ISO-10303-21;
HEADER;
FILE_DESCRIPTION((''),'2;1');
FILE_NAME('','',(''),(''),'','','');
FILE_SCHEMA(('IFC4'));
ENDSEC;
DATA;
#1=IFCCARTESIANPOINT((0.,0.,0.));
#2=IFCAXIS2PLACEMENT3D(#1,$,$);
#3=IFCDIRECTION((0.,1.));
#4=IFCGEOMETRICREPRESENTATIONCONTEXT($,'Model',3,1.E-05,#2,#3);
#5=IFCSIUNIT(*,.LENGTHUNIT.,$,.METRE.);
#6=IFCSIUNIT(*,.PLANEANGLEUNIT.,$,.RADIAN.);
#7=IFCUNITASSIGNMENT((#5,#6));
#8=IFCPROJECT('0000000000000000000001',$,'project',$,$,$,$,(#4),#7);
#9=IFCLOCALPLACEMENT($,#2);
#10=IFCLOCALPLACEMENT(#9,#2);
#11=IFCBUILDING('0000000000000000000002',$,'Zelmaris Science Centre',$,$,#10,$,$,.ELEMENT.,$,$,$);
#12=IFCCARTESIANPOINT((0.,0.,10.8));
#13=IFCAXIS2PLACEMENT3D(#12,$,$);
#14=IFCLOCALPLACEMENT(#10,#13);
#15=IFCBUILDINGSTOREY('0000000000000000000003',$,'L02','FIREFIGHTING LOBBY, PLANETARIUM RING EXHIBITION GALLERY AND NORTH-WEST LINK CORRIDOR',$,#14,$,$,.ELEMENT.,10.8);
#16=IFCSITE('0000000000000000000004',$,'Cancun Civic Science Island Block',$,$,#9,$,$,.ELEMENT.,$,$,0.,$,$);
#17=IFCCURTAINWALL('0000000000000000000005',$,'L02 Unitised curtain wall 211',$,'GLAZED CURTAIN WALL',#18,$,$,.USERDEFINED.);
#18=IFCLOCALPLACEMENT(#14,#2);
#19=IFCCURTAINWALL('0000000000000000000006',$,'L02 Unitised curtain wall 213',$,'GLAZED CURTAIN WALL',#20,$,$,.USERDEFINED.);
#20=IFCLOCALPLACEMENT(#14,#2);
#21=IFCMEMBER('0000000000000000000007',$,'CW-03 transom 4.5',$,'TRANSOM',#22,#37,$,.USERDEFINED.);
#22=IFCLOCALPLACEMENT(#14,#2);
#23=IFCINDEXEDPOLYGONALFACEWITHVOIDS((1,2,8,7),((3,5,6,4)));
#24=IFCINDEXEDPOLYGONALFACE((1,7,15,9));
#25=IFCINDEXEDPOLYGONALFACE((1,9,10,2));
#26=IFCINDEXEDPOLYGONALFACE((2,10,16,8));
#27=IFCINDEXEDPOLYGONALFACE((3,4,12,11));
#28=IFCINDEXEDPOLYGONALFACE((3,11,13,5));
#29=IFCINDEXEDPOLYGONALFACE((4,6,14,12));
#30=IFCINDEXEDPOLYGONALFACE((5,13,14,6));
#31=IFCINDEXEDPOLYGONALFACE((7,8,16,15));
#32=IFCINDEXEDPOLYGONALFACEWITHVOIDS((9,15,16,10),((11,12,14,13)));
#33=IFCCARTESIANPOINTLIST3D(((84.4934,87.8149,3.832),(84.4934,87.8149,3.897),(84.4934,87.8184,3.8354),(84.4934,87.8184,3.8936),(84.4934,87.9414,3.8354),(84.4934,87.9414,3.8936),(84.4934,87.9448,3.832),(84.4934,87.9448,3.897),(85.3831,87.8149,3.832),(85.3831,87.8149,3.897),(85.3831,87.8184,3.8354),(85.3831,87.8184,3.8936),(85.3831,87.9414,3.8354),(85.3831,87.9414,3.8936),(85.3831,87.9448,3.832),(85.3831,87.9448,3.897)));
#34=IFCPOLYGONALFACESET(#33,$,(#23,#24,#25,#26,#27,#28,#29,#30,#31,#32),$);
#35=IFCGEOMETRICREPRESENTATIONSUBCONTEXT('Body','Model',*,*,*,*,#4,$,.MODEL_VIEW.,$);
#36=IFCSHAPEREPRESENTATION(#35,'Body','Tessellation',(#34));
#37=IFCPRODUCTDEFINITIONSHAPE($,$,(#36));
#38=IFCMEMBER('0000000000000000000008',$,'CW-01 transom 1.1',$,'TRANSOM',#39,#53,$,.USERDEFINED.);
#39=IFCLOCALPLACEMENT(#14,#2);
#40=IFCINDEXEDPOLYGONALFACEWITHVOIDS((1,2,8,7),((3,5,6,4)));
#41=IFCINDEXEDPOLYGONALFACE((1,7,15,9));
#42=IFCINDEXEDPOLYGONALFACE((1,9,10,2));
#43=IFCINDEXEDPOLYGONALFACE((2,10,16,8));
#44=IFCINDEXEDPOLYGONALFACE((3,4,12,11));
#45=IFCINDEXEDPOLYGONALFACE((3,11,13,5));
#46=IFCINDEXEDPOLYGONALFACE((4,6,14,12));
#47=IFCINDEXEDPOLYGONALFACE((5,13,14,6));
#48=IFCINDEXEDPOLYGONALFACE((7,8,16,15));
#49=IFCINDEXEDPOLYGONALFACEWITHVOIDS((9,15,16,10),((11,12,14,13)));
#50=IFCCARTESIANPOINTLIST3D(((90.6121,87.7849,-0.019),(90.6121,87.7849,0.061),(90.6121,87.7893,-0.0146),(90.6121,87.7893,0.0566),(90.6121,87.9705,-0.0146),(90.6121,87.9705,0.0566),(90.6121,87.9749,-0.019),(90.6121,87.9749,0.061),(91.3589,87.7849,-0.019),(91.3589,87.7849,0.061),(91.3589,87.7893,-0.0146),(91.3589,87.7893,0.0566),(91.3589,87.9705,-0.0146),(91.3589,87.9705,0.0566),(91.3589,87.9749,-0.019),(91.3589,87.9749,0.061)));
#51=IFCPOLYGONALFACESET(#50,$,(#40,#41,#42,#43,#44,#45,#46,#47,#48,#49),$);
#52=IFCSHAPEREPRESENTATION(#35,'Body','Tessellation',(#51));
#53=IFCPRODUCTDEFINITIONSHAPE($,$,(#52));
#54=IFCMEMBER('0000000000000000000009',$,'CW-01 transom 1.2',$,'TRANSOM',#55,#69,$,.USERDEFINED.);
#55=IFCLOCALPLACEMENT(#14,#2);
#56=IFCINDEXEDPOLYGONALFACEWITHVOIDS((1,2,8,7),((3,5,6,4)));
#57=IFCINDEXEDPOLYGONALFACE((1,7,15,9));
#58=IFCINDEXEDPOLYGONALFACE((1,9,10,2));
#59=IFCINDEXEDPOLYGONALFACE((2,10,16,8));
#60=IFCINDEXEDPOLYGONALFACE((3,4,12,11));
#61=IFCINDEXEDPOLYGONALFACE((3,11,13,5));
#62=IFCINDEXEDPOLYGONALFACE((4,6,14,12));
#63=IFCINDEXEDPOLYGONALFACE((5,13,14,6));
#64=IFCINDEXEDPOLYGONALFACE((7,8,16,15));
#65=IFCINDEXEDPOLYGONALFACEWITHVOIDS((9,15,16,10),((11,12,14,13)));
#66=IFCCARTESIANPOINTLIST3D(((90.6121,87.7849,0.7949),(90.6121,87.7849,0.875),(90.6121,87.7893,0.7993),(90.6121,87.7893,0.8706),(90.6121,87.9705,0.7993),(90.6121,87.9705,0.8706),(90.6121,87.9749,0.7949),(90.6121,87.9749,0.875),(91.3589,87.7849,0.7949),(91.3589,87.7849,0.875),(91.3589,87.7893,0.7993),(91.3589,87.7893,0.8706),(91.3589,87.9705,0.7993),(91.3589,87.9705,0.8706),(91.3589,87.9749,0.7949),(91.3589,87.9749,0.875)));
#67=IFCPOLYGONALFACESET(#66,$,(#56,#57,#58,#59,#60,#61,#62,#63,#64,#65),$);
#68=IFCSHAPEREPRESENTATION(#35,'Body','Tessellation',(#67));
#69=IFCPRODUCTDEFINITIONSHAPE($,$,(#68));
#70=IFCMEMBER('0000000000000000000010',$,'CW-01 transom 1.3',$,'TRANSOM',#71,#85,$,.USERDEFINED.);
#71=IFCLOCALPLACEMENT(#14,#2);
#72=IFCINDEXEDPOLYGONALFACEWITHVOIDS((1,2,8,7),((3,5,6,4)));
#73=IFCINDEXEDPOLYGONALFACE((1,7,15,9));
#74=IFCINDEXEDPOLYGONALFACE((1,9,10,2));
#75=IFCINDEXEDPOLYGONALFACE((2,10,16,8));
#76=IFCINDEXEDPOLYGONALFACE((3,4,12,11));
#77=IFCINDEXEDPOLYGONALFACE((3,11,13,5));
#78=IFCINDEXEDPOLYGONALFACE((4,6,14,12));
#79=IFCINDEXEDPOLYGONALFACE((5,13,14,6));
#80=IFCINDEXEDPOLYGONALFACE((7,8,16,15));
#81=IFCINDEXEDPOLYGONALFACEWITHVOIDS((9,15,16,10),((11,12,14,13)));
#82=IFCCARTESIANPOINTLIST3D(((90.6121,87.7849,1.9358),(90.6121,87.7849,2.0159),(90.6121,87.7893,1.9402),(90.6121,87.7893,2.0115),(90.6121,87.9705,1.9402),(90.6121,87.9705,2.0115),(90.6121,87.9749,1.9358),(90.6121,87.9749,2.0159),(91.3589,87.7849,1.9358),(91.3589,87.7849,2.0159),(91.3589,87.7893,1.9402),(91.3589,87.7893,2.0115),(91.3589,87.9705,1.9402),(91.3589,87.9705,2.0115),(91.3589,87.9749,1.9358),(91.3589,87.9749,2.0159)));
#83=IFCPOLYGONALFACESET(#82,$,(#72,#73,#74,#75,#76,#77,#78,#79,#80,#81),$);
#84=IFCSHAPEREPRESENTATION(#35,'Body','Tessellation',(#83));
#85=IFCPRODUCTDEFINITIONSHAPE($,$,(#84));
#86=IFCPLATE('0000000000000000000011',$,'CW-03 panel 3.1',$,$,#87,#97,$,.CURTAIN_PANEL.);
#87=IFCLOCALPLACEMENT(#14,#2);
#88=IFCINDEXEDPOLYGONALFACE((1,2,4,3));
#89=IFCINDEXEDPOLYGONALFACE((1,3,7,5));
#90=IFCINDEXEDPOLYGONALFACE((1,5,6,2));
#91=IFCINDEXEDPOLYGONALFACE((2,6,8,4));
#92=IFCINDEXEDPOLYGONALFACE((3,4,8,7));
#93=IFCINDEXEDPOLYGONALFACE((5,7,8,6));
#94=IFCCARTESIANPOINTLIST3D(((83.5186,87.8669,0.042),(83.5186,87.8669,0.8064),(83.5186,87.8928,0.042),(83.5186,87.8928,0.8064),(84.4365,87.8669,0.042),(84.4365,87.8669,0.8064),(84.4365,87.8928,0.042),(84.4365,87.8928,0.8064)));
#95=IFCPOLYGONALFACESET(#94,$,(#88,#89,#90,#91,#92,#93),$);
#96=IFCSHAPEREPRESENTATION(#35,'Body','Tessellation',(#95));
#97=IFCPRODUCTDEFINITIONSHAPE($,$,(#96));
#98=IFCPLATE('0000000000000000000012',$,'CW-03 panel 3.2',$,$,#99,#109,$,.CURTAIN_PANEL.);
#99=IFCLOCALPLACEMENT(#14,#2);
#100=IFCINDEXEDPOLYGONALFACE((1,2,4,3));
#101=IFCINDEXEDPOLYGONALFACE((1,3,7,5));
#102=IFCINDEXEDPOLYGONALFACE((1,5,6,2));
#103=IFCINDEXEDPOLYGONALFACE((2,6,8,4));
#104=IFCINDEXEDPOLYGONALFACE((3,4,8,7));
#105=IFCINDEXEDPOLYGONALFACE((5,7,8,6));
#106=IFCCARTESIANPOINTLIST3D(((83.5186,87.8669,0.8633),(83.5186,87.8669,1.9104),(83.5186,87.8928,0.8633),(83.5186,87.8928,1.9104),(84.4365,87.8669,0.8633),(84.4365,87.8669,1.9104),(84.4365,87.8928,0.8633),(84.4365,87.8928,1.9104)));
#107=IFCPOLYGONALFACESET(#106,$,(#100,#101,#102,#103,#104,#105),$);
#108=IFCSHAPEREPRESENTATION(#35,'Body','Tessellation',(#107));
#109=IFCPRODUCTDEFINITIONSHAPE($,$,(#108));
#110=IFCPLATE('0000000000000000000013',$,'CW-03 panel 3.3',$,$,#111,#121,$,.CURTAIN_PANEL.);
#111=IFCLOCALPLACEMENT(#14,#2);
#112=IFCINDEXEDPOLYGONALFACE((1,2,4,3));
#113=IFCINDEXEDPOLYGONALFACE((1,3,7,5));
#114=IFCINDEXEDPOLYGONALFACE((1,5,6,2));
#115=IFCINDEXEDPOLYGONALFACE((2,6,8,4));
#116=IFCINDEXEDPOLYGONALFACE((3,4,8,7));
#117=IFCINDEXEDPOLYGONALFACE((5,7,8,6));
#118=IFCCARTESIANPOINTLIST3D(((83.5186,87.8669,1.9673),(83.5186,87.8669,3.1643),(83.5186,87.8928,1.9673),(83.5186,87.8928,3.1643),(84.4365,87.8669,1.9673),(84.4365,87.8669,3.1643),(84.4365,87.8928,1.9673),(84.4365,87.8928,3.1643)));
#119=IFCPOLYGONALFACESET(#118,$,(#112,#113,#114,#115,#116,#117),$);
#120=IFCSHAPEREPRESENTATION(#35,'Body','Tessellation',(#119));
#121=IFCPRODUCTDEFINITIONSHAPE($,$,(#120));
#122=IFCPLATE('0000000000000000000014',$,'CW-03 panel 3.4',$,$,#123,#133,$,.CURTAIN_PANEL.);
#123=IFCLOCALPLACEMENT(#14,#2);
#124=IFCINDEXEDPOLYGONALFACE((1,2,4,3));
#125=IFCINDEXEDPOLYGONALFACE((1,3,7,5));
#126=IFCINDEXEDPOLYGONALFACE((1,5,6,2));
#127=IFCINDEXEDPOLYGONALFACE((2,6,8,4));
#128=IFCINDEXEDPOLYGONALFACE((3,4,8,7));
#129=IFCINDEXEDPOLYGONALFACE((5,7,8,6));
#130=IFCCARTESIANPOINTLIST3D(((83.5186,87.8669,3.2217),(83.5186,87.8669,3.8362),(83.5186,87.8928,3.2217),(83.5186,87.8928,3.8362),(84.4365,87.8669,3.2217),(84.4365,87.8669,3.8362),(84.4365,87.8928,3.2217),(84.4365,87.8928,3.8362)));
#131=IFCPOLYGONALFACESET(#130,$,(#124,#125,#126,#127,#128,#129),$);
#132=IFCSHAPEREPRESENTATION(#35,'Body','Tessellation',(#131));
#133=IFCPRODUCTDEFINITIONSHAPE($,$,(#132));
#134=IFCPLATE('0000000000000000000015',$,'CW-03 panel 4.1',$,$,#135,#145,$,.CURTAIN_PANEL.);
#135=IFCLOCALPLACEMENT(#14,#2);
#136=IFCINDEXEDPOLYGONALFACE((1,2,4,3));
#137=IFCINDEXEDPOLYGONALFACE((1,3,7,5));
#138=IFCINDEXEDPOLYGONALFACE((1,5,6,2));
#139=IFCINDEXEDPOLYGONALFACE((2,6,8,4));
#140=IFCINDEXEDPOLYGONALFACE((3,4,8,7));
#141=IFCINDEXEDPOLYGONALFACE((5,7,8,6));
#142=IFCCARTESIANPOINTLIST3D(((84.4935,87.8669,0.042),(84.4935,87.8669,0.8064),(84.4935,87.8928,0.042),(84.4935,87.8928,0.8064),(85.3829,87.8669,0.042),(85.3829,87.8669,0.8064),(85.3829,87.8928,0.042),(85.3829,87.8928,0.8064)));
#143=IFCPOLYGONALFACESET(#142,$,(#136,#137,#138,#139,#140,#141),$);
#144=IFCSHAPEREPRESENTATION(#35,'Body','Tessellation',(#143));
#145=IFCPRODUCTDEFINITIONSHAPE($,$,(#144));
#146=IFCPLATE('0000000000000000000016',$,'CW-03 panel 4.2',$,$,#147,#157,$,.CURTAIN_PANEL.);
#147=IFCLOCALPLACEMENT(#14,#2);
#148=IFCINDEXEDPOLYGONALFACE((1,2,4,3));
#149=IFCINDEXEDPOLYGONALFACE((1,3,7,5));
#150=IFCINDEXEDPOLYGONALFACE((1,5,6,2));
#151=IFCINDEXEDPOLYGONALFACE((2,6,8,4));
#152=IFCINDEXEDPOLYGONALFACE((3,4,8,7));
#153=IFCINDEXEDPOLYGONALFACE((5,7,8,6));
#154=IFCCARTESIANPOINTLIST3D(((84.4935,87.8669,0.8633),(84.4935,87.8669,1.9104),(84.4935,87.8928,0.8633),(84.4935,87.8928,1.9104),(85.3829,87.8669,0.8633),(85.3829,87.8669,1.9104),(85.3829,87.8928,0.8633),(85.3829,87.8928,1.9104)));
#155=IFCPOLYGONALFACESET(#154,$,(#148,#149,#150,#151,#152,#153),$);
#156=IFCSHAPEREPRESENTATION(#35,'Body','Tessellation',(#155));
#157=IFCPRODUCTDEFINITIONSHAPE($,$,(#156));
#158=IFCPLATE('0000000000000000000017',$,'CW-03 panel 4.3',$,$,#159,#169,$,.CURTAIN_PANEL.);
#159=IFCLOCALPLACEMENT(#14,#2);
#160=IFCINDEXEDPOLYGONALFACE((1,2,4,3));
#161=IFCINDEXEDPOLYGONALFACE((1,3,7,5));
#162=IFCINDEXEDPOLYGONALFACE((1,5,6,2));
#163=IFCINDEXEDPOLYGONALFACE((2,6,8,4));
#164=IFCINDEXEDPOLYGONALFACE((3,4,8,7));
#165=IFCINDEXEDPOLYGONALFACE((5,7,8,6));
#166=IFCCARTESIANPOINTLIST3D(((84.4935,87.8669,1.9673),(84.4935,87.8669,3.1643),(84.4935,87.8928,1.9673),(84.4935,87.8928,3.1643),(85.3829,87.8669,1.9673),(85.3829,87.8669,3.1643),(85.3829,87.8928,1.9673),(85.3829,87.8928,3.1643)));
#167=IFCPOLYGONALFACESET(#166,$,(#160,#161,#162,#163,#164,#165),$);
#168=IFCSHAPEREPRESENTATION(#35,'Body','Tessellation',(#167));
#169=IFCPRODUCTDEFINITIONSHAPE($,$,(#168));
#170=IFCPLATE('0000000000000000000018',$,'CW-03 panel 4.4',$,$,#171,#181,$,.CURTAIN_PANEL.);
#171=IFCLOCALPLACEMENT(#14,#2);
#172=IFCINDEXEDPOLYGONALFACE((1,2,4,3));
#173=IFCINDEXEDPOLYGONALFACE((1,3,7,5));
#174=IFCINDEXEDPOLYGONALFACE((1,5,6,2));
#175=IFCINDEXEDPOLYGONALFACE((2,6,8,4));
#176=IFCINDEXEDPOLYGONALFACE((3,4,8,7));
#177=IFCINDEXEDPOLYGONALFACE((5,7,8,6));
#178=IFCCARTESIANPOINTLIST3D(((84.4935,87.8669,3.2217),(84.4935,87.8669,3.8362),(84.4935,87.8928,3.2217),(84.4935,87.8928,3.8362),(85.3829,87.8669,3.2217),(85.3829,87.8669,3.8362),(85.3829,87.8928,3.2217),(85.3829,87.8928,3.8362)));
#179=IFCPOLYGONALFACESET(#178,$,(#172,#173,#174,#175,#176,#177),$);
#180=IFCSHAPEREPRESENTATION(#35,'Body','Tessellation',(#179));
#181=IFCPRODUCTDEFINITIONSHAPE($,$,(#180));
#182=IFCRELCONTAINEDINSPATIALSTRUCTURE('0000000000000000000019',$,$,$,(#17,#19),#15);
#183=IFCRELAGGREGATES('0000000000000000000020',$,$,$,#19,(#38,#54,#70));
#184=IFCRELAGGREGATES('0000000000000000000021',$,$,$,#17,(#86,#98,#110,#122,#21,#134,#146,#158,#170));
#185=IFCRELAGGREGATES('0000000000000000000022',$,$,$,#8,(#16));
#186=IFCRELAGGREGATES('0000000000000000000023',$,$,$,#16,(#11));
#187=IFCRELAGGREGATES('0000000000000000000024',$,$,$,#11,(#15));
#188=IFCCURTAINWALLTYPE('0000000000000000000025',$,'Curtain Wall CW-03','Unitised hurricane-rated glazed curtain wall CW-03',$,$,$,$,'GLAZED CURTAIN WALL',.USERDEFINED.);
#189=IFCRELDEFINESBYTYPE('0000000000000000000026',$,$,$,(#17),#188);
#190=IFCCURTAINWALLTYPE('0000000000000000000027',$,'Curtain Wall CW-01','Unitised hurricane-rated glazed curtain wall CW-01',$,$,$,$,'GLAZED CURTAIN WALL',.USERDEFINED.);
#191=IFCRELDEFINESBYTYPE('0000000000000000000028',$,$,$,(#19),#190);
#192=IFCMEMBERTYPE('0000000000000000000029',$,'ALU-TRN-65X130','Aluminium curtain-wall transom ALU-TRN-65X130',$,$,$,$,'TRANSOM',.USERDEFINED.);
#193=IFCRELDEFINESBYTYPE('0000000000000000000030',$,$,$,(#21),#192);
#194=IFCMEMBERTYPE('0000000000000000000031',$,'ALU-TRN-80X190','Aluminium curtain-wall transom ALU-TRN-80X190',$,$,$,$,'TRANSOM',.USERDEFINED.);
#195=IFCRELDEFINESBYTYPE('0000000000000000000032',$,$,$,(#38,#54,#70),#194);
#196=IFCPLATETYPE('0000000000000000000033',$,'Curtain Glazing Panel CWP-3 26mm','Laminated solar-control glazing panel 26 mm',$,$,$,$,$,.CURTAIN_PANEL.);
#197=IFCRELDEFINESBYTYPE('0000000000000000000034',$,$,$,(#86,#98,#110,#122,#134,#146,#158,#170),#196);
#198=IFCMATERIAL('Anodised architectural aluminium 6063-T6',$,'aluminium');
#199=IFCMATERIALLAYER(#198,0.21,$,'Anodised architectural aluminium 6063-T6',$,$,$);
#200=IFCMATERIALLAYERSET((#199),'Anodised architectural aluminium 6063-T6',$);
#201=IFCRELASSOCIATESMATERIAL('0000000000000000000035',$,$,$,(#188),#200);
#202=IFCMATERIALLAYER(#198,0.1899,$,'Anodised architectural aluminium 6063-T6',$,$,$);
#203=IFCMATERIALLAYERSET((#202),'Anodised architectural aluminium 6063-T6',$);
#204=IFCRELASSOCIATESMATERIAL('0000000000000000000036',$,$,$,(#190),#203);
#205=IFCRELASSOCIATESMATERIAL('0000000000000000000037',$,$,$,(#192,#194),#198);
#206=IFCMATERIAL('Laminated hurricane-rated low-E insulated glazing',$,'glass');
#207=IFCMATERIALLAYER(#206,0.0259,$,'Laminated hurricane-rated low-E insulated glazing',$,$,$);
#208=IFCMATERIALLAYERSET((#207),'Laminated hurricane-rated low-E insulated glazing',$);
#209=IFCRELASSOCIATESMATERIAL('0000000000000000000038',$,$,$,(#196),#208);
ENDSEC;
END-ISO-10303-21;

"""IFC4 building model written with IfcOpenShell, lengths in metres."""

from ifc_helpers import new_model, si_unit, direction, frame, origin, origin_2d, place, context, subcontext, project, spatial, rectangle, hollow_rectangle, extrude, material, layer, layer_set, material_profile, profile_set, type_object, element, aggregate, save


model = new_model("IFC4")

# Units and contexts
model_context = context("Model", 3, precision=1e-05, world=origin(), true_north=direction((0.0, 1.0)))
body_context = subcontext(model_context, "Body", "Model", "MODEL_VIEW")
ifc_project = project(units=[si_unit("LENGTHUNIT", "METRE"), si_unit("PLANEANGLEUNIT", "RADIAN")], contexts=[model_context])

# Site, building, storey
site_placement = place(None, origin())
site = spatial("IfcSite", under=ifc_project, at=site_placement, Name="Cancun Civic Science Island Block", CompositionType="ELEMENT", RefElevation=0.0)
building_placement = place(site_placement, origin())
building = spatial("IfcBuilding", under=site, at=building_placement, Name="Zelmaris Science Centre", CompositionType="ELEMENT")
storey_placement = place(building_placement, frame((0.0, 0.0, 10.8)))
storey = spatial("IfcBuildingStorey", under=building, at=storey_placement, Name="L02", Description="FIREFIGHTING LOBBY, PLANETARIUM RING EXHIBITION GALLERY AND NORTH-WEST LINK CORRIDOR", CompositionType="ELEMENT", Elevation=10.8)

# Curtain wall
ifc_material_1 = material(Name="Anodised architectural aluminium 6063-T6", Category="aluminium")
ifc_layer_1 = layer(ifc_material_1, 0.21, Name="Anodised architectural aluminium 6063-T6")
ifc_layer_set_1 = layer_set([ifc_layer_1], Name="Anodised architectural aluminium 6063-T6")
curtain_wall_type_1 = type_object("IfcCurtainWallType", Name="Curtain Wall CW-03", Description="Unitised hurricane-rated glazed curtain wall CW-03", ElementType="GLAZED CURTAIN WALL", PredefinedType="USERDEFINED", material=ifc_layer_set_1)
curtain_wall_1_placement = place(storey_placement, origin())
curtain_wall_1 = element("IfcCurtainWall", 1, at=curtain_wall_1_placement, inside=storey, type_object=curtain_wall_type_1, Name="L02 Unitised curtain wall 211", ObjectType="GLAZED CURTAIN WALL", PredefinedType="USERDEFINED")

# Curtain wall
ifc_layer_2 = layer(ifc_material_1, 0.1899, Name="Anodised architectural aluminium 6063-T6")
ifc_layer_set_2 = layer_set([ifc_layer_2], Name="Anodised architectural aluminium 6063-T6")
curtain_wall_type_2 = type_object("IfcCurtainWallType", Name="Curtain Wall CW-01", Description="Unitised hurricane-rated glazed curtain wall CW-01", ElementType="GLAZED CURTAIN WALL", PredefinedType="USERDEFINED", material=ifc_layer_set_2)
curtain_wall_2_placement = place(storey_placement, origin())
curtain_wall_2 = element("IfcCurtainWall", 2, at=curtain_wall_2_placement, inside=storey, type_object=curtain_wall_type_2, Name="L02 Unitised curtain wall 213", ObjectType="GLAZED CURTAIN WALL", PredefinedType="USERDEFINED")

# Members
ifc_material_profile_1 = material_profile(ifc_material_1, hollow_rectangle(XDim=0.0649, YDim=0.1299, WallThickness=0.0034, at=origin_2d()), Name="ALU-TRN-65X130")
ifc_profile_set_1 = profile_set([ifc_material_profile_1], Name="Anodised architectural aluminium 6063-T6")
member_type_1 = type_object("IfcMemberType", Name="ALU-TRN-65X130", Description="Aluminium curtain-wall transom ALU-TRN-65X130", ElementType="TRANSOM", PredefinedType="USERDEFINED", material=ifc_profile_set_1)
member_1_placement = place(storey_placement, frame((84.4934, 87.8799, 3.8645), z_axis=(1.0, 0.0, 0.0), x_axis=(0.0, 0.0, 1.0)))
member_1 = element("IfcMember", 3, at=member_1_placement, type_object=member_type_1, Name="CW-03 transom 4.5", ObjectType="TRANSOM", PredefinedType="USERDEFINED", context=body_context, shape_type="SweptSolid", body=[
    extrude(hollow_rectangle(XDim=0.0649, YDim=0.1299, WallThickness=0.0034, at=origin_2d()), origin(), (0.0, 0.0, 1.0), 0.8896),
])
ifc_material_profile_2 = material_profile(ifc_material_1, hollow_rectangle(XDim=0.0801, YDim=0.1899, WallThickness=0.0044, at=origin_2d()), Name="ALU-TRN-80X190")
ifc_profile_set_2 = profile_set([ifc_material_profile_2], Name="Anodised architectural aluminium 6063-T6")
member_type_2 = type_object("IfcMemberType", Name="ALU-TRN-80X190", Description="Aluminium curtain-wall transom ALU-TRN-80X190", ElementType="TRANSOM", PredefinedType="USERDEFINED", material=ifc_profile_set_2)
member_2_placement = place(storey_placement, frame((90.6121, 87.8799, 0.021), z_axis=(1.0, 0.0, 0.0), x_axis=(0.0, 0.0, 1.0)))
member_2 = element("IfcMember", 4, at=member_2_placement, type_object=member_type_2, Name="CW-01 transom 1.1", ObjectType="TRANSOM", PredefinedType="USERDEFINED", context=body_context, shape_type="SweptSolid", body=[
    extrude(hollow_rectangle(XDim=0.0801, YDim=0.1899, WallThickness=0.0044, at=origin_2d()), origin(), (0.0, 0.0, 1.0), 0.7468),
])
member_3_placement = place(storey_placement, frame((90.6121, 87.8799, 0.835), z_axis=(1.0, 0.0, 0.0), x_axis=(0.0, 0.0, 1.0)))
member_3 = element("IfcMember", 5, at=member_3_placement, type_object=member_type_2, Name="CW-01 transom 1.2", ObjectType="TRANSOM", PredefinedType="USERDEFINED", context=body_context, shape_type="SweptSolid", body=[
    extrude(hollow_rectangle(XDim=0.0801, YDim=0.1899, WallThickness=0.0044, at=origin_2d()), origin(), (0.0, 0.0, 1.0), 0.7468),
])
member_4_placement = place(storey_placement, frame((90.6121, 87.8799, 1.9758), z_axis=(1.0, 0.0, 0.0), x_axis=(0.0, 0.0, 1.0)))
member_4 = element("IfcMember", 6, at=member_4_placement, type_object=member_type_2, Name="CW-01 transom 1.3", ObjectType="TRANSOM", PredefinedType="USERDEFINED", context=body_context, shape_type="SweptSolid", body=[
    extrude(hollow_rectangle(XDim=0.0801, YDim=0.1899, WallThickness=0.0044, at=origin_2d()), origin(), (0.0, 0.0, 1.0), 0.7468),
])
aggregate(curtain_wall_2, [member_2, member_3, member_4])

# Plates
ifc_material_2 = material(Name="Laminated hurricane-rated low-E insulated glazing", Category="glass")
ifc_layer_3 = layer(ifc_material_2, 0.0259, Name="Laminated hurricane-rated low-E insulated glazing")
ifc_layer_set_3 = layer_set([ifc_layer_3], Name="Laminated hurricane-rated low-E insulated glazing")
plate_type = type_object("IfcPlateType", Name="Curtain Glazing Panel CWP-3 26mm", Description="Laminated solar-control glazing panel 26 mm", PredefinedType="CURTAIN_PANEL", material=ifc_layer_set_3)
plate_1_placement = place(storey_placement, frame((83.9775, 87.8799, 0.042), z_axis=(0.0, 0.0, 1.0), x_axis=(1.0, 0.0, 0.0)))
plate_1 = element("IfcPlate", 7, at=plate_1_placement, type_object=plate_type, Name="CW-03 panel 3.1", PredefinedType="CURTAIN_PANEL", context=body_context, shape_type="SweptSolid", body=[
    extrude(rectangle(XDim=0.918, YDim=0.0259, at=origin_2d()), origin(), (0.0, 0.0, 1.0), 0.7644),
])
plate_2_placement = place(storey_placement, frame((83.9775, 87.8799, 0.8633), z_axis=(0.0, 0.0, 1.0), x_axis=(1.0, 0.0, 0.0)))
plate_2 = element("IfcPlate", 8, at=plate_2_placement, type_object=plate_type, Name="CW-03 panel 3.2", PredefinedType="CURTAIN_PANEL", context=body_context, shape_type="SweptSolid", body=[
    extrude(rectangle(XDim=0.918, YDim=0.0259, at=origin_2d()), origin(), (0.0, 0.0, 1.0), 1.0471),
])
plate_3_placement = place(storey_placement, frame((83.9775, 87.8799, 1.9673), z_axis=(0.0, 0.0, 1.0), x_axis=(1.0, 0.0, 0.0)))
plate_3 = element("IfcPlate", 9, at=plate_3_placement, type_object=plate_type, Name="CW-03 panel 3.3", PredefinedType="CURTAIN_PANEL", context=body_context, shape_type="SweptSolid", body=[
    extrude(rectangle(XDim=0.918, YDim=0.0259, at=origin_2d()), origin(), (0.0, 0.0, 1.0), 1.197),
])
plate_4_placement = place(storey_placement, frame((83.9775, 87.8799, 3.2217), z_axis=(0.0, 0.0, 1.0), x_axis=(1.0, 0.0, 0.0)))
plate_4 = element("IfcPlate", 10, at=plate_4_placement, type_object=plate_type, Name="CW-03 panel 3.4", PredefinedType="CURTAIN_PANEL", context=body_context, shape_type="SweptSolid", body=[
    extrude(rectangle(XDim=0.918, YDim=0.0259, at=origin_2d()), origin(), (0.0, 0.0, 1.0), 0.6145),
])
plate_5_placement = place(storey_placement, frame((84.9382, 87.8799, 0.042), z_axis=(0.0, 0.0, 1.0), x_axis=(1.0, 0.0, 0.0)))
plate_5 = element("IfcPlate", 11, at=plate_5_placement, type_object=plate_type, Name="CW-03 panel 4.1", PredefinedType="CURTAIN_PANEL", context=body_context, shape_type="SweptSolid", body=[
    extrude(rectangle(XDim=0.8894, YDim=0.0259, at=origin_2d()), origin(), (0.0, 0.0, 1.0), 0.7644),
])
plate_6_placement = place(storey_placement, frame((84.9382, 87.8799, 0.8633), z_axis=(0.0, 0.0, 1.0), x_axis=(1.0, 0.0, 0.0)))
plate_6 = element("IfcPlate", 12, at=plate_6_placement, type_object=plate_type, Name="CW-03 panel 4.2", PredefinedType="CURTAIN_PANEL", context=body_context, shape_type="SweptSolid", body=[
    extrude(rectangle(XDim=0.8894, YDim=0.0259, at=origin_2d()), origin(), (0.0, 0.0, 1.0), 1.0471),
])
plate_7_placement = place(storey_placement, frame((84.9382, 87.8799, 1.9673), z_axis=(0.0, 0.0, 1.0), x_axis=(1.0, 0.0, 0.0)))
plate_7 = element("IfcPlate", 13, at=plate_7_placement, type_object=plate_type, Name="CW-03 panel 4.3", PredefinedType="CURTAIN_PANEL", context=body_context, shape_type="SweptSolid", body=[
    extrude(rectangle(XDim=0.8894, YDim=0.0259, at=origin_2d()), origin(), (0.0, 0.0, 1.0), 1.197),
])
plate_8_placement = place(storey_placement, frame((84.9382, 87.8799, 3.2217), z_axis=(0.0, 0.0, 1.0), x_axis=(1.0, 0.0, 0.0)))
plate_8 = element("IfcPlate", 14, at=plate_8_placement, type_object=plate_type, Name="CW-03 panel 4.4", PredefinedType="CURTAIN_PANEL", context=body_context, shape_type="SweptSolid", body=[
    extrude(rectangle(XDim=0.8894, YDim=0.0259, at=origin_2d()), origin(), (0.0, 0.0, 1.0), 0.6145),
])
aggregate(curtain_wall_1, [plate_1, plate_2, plate_3, plate_4, member_1, plate_5, plate_6, plate_7, plate_8])

save(model, "model.ifc")
